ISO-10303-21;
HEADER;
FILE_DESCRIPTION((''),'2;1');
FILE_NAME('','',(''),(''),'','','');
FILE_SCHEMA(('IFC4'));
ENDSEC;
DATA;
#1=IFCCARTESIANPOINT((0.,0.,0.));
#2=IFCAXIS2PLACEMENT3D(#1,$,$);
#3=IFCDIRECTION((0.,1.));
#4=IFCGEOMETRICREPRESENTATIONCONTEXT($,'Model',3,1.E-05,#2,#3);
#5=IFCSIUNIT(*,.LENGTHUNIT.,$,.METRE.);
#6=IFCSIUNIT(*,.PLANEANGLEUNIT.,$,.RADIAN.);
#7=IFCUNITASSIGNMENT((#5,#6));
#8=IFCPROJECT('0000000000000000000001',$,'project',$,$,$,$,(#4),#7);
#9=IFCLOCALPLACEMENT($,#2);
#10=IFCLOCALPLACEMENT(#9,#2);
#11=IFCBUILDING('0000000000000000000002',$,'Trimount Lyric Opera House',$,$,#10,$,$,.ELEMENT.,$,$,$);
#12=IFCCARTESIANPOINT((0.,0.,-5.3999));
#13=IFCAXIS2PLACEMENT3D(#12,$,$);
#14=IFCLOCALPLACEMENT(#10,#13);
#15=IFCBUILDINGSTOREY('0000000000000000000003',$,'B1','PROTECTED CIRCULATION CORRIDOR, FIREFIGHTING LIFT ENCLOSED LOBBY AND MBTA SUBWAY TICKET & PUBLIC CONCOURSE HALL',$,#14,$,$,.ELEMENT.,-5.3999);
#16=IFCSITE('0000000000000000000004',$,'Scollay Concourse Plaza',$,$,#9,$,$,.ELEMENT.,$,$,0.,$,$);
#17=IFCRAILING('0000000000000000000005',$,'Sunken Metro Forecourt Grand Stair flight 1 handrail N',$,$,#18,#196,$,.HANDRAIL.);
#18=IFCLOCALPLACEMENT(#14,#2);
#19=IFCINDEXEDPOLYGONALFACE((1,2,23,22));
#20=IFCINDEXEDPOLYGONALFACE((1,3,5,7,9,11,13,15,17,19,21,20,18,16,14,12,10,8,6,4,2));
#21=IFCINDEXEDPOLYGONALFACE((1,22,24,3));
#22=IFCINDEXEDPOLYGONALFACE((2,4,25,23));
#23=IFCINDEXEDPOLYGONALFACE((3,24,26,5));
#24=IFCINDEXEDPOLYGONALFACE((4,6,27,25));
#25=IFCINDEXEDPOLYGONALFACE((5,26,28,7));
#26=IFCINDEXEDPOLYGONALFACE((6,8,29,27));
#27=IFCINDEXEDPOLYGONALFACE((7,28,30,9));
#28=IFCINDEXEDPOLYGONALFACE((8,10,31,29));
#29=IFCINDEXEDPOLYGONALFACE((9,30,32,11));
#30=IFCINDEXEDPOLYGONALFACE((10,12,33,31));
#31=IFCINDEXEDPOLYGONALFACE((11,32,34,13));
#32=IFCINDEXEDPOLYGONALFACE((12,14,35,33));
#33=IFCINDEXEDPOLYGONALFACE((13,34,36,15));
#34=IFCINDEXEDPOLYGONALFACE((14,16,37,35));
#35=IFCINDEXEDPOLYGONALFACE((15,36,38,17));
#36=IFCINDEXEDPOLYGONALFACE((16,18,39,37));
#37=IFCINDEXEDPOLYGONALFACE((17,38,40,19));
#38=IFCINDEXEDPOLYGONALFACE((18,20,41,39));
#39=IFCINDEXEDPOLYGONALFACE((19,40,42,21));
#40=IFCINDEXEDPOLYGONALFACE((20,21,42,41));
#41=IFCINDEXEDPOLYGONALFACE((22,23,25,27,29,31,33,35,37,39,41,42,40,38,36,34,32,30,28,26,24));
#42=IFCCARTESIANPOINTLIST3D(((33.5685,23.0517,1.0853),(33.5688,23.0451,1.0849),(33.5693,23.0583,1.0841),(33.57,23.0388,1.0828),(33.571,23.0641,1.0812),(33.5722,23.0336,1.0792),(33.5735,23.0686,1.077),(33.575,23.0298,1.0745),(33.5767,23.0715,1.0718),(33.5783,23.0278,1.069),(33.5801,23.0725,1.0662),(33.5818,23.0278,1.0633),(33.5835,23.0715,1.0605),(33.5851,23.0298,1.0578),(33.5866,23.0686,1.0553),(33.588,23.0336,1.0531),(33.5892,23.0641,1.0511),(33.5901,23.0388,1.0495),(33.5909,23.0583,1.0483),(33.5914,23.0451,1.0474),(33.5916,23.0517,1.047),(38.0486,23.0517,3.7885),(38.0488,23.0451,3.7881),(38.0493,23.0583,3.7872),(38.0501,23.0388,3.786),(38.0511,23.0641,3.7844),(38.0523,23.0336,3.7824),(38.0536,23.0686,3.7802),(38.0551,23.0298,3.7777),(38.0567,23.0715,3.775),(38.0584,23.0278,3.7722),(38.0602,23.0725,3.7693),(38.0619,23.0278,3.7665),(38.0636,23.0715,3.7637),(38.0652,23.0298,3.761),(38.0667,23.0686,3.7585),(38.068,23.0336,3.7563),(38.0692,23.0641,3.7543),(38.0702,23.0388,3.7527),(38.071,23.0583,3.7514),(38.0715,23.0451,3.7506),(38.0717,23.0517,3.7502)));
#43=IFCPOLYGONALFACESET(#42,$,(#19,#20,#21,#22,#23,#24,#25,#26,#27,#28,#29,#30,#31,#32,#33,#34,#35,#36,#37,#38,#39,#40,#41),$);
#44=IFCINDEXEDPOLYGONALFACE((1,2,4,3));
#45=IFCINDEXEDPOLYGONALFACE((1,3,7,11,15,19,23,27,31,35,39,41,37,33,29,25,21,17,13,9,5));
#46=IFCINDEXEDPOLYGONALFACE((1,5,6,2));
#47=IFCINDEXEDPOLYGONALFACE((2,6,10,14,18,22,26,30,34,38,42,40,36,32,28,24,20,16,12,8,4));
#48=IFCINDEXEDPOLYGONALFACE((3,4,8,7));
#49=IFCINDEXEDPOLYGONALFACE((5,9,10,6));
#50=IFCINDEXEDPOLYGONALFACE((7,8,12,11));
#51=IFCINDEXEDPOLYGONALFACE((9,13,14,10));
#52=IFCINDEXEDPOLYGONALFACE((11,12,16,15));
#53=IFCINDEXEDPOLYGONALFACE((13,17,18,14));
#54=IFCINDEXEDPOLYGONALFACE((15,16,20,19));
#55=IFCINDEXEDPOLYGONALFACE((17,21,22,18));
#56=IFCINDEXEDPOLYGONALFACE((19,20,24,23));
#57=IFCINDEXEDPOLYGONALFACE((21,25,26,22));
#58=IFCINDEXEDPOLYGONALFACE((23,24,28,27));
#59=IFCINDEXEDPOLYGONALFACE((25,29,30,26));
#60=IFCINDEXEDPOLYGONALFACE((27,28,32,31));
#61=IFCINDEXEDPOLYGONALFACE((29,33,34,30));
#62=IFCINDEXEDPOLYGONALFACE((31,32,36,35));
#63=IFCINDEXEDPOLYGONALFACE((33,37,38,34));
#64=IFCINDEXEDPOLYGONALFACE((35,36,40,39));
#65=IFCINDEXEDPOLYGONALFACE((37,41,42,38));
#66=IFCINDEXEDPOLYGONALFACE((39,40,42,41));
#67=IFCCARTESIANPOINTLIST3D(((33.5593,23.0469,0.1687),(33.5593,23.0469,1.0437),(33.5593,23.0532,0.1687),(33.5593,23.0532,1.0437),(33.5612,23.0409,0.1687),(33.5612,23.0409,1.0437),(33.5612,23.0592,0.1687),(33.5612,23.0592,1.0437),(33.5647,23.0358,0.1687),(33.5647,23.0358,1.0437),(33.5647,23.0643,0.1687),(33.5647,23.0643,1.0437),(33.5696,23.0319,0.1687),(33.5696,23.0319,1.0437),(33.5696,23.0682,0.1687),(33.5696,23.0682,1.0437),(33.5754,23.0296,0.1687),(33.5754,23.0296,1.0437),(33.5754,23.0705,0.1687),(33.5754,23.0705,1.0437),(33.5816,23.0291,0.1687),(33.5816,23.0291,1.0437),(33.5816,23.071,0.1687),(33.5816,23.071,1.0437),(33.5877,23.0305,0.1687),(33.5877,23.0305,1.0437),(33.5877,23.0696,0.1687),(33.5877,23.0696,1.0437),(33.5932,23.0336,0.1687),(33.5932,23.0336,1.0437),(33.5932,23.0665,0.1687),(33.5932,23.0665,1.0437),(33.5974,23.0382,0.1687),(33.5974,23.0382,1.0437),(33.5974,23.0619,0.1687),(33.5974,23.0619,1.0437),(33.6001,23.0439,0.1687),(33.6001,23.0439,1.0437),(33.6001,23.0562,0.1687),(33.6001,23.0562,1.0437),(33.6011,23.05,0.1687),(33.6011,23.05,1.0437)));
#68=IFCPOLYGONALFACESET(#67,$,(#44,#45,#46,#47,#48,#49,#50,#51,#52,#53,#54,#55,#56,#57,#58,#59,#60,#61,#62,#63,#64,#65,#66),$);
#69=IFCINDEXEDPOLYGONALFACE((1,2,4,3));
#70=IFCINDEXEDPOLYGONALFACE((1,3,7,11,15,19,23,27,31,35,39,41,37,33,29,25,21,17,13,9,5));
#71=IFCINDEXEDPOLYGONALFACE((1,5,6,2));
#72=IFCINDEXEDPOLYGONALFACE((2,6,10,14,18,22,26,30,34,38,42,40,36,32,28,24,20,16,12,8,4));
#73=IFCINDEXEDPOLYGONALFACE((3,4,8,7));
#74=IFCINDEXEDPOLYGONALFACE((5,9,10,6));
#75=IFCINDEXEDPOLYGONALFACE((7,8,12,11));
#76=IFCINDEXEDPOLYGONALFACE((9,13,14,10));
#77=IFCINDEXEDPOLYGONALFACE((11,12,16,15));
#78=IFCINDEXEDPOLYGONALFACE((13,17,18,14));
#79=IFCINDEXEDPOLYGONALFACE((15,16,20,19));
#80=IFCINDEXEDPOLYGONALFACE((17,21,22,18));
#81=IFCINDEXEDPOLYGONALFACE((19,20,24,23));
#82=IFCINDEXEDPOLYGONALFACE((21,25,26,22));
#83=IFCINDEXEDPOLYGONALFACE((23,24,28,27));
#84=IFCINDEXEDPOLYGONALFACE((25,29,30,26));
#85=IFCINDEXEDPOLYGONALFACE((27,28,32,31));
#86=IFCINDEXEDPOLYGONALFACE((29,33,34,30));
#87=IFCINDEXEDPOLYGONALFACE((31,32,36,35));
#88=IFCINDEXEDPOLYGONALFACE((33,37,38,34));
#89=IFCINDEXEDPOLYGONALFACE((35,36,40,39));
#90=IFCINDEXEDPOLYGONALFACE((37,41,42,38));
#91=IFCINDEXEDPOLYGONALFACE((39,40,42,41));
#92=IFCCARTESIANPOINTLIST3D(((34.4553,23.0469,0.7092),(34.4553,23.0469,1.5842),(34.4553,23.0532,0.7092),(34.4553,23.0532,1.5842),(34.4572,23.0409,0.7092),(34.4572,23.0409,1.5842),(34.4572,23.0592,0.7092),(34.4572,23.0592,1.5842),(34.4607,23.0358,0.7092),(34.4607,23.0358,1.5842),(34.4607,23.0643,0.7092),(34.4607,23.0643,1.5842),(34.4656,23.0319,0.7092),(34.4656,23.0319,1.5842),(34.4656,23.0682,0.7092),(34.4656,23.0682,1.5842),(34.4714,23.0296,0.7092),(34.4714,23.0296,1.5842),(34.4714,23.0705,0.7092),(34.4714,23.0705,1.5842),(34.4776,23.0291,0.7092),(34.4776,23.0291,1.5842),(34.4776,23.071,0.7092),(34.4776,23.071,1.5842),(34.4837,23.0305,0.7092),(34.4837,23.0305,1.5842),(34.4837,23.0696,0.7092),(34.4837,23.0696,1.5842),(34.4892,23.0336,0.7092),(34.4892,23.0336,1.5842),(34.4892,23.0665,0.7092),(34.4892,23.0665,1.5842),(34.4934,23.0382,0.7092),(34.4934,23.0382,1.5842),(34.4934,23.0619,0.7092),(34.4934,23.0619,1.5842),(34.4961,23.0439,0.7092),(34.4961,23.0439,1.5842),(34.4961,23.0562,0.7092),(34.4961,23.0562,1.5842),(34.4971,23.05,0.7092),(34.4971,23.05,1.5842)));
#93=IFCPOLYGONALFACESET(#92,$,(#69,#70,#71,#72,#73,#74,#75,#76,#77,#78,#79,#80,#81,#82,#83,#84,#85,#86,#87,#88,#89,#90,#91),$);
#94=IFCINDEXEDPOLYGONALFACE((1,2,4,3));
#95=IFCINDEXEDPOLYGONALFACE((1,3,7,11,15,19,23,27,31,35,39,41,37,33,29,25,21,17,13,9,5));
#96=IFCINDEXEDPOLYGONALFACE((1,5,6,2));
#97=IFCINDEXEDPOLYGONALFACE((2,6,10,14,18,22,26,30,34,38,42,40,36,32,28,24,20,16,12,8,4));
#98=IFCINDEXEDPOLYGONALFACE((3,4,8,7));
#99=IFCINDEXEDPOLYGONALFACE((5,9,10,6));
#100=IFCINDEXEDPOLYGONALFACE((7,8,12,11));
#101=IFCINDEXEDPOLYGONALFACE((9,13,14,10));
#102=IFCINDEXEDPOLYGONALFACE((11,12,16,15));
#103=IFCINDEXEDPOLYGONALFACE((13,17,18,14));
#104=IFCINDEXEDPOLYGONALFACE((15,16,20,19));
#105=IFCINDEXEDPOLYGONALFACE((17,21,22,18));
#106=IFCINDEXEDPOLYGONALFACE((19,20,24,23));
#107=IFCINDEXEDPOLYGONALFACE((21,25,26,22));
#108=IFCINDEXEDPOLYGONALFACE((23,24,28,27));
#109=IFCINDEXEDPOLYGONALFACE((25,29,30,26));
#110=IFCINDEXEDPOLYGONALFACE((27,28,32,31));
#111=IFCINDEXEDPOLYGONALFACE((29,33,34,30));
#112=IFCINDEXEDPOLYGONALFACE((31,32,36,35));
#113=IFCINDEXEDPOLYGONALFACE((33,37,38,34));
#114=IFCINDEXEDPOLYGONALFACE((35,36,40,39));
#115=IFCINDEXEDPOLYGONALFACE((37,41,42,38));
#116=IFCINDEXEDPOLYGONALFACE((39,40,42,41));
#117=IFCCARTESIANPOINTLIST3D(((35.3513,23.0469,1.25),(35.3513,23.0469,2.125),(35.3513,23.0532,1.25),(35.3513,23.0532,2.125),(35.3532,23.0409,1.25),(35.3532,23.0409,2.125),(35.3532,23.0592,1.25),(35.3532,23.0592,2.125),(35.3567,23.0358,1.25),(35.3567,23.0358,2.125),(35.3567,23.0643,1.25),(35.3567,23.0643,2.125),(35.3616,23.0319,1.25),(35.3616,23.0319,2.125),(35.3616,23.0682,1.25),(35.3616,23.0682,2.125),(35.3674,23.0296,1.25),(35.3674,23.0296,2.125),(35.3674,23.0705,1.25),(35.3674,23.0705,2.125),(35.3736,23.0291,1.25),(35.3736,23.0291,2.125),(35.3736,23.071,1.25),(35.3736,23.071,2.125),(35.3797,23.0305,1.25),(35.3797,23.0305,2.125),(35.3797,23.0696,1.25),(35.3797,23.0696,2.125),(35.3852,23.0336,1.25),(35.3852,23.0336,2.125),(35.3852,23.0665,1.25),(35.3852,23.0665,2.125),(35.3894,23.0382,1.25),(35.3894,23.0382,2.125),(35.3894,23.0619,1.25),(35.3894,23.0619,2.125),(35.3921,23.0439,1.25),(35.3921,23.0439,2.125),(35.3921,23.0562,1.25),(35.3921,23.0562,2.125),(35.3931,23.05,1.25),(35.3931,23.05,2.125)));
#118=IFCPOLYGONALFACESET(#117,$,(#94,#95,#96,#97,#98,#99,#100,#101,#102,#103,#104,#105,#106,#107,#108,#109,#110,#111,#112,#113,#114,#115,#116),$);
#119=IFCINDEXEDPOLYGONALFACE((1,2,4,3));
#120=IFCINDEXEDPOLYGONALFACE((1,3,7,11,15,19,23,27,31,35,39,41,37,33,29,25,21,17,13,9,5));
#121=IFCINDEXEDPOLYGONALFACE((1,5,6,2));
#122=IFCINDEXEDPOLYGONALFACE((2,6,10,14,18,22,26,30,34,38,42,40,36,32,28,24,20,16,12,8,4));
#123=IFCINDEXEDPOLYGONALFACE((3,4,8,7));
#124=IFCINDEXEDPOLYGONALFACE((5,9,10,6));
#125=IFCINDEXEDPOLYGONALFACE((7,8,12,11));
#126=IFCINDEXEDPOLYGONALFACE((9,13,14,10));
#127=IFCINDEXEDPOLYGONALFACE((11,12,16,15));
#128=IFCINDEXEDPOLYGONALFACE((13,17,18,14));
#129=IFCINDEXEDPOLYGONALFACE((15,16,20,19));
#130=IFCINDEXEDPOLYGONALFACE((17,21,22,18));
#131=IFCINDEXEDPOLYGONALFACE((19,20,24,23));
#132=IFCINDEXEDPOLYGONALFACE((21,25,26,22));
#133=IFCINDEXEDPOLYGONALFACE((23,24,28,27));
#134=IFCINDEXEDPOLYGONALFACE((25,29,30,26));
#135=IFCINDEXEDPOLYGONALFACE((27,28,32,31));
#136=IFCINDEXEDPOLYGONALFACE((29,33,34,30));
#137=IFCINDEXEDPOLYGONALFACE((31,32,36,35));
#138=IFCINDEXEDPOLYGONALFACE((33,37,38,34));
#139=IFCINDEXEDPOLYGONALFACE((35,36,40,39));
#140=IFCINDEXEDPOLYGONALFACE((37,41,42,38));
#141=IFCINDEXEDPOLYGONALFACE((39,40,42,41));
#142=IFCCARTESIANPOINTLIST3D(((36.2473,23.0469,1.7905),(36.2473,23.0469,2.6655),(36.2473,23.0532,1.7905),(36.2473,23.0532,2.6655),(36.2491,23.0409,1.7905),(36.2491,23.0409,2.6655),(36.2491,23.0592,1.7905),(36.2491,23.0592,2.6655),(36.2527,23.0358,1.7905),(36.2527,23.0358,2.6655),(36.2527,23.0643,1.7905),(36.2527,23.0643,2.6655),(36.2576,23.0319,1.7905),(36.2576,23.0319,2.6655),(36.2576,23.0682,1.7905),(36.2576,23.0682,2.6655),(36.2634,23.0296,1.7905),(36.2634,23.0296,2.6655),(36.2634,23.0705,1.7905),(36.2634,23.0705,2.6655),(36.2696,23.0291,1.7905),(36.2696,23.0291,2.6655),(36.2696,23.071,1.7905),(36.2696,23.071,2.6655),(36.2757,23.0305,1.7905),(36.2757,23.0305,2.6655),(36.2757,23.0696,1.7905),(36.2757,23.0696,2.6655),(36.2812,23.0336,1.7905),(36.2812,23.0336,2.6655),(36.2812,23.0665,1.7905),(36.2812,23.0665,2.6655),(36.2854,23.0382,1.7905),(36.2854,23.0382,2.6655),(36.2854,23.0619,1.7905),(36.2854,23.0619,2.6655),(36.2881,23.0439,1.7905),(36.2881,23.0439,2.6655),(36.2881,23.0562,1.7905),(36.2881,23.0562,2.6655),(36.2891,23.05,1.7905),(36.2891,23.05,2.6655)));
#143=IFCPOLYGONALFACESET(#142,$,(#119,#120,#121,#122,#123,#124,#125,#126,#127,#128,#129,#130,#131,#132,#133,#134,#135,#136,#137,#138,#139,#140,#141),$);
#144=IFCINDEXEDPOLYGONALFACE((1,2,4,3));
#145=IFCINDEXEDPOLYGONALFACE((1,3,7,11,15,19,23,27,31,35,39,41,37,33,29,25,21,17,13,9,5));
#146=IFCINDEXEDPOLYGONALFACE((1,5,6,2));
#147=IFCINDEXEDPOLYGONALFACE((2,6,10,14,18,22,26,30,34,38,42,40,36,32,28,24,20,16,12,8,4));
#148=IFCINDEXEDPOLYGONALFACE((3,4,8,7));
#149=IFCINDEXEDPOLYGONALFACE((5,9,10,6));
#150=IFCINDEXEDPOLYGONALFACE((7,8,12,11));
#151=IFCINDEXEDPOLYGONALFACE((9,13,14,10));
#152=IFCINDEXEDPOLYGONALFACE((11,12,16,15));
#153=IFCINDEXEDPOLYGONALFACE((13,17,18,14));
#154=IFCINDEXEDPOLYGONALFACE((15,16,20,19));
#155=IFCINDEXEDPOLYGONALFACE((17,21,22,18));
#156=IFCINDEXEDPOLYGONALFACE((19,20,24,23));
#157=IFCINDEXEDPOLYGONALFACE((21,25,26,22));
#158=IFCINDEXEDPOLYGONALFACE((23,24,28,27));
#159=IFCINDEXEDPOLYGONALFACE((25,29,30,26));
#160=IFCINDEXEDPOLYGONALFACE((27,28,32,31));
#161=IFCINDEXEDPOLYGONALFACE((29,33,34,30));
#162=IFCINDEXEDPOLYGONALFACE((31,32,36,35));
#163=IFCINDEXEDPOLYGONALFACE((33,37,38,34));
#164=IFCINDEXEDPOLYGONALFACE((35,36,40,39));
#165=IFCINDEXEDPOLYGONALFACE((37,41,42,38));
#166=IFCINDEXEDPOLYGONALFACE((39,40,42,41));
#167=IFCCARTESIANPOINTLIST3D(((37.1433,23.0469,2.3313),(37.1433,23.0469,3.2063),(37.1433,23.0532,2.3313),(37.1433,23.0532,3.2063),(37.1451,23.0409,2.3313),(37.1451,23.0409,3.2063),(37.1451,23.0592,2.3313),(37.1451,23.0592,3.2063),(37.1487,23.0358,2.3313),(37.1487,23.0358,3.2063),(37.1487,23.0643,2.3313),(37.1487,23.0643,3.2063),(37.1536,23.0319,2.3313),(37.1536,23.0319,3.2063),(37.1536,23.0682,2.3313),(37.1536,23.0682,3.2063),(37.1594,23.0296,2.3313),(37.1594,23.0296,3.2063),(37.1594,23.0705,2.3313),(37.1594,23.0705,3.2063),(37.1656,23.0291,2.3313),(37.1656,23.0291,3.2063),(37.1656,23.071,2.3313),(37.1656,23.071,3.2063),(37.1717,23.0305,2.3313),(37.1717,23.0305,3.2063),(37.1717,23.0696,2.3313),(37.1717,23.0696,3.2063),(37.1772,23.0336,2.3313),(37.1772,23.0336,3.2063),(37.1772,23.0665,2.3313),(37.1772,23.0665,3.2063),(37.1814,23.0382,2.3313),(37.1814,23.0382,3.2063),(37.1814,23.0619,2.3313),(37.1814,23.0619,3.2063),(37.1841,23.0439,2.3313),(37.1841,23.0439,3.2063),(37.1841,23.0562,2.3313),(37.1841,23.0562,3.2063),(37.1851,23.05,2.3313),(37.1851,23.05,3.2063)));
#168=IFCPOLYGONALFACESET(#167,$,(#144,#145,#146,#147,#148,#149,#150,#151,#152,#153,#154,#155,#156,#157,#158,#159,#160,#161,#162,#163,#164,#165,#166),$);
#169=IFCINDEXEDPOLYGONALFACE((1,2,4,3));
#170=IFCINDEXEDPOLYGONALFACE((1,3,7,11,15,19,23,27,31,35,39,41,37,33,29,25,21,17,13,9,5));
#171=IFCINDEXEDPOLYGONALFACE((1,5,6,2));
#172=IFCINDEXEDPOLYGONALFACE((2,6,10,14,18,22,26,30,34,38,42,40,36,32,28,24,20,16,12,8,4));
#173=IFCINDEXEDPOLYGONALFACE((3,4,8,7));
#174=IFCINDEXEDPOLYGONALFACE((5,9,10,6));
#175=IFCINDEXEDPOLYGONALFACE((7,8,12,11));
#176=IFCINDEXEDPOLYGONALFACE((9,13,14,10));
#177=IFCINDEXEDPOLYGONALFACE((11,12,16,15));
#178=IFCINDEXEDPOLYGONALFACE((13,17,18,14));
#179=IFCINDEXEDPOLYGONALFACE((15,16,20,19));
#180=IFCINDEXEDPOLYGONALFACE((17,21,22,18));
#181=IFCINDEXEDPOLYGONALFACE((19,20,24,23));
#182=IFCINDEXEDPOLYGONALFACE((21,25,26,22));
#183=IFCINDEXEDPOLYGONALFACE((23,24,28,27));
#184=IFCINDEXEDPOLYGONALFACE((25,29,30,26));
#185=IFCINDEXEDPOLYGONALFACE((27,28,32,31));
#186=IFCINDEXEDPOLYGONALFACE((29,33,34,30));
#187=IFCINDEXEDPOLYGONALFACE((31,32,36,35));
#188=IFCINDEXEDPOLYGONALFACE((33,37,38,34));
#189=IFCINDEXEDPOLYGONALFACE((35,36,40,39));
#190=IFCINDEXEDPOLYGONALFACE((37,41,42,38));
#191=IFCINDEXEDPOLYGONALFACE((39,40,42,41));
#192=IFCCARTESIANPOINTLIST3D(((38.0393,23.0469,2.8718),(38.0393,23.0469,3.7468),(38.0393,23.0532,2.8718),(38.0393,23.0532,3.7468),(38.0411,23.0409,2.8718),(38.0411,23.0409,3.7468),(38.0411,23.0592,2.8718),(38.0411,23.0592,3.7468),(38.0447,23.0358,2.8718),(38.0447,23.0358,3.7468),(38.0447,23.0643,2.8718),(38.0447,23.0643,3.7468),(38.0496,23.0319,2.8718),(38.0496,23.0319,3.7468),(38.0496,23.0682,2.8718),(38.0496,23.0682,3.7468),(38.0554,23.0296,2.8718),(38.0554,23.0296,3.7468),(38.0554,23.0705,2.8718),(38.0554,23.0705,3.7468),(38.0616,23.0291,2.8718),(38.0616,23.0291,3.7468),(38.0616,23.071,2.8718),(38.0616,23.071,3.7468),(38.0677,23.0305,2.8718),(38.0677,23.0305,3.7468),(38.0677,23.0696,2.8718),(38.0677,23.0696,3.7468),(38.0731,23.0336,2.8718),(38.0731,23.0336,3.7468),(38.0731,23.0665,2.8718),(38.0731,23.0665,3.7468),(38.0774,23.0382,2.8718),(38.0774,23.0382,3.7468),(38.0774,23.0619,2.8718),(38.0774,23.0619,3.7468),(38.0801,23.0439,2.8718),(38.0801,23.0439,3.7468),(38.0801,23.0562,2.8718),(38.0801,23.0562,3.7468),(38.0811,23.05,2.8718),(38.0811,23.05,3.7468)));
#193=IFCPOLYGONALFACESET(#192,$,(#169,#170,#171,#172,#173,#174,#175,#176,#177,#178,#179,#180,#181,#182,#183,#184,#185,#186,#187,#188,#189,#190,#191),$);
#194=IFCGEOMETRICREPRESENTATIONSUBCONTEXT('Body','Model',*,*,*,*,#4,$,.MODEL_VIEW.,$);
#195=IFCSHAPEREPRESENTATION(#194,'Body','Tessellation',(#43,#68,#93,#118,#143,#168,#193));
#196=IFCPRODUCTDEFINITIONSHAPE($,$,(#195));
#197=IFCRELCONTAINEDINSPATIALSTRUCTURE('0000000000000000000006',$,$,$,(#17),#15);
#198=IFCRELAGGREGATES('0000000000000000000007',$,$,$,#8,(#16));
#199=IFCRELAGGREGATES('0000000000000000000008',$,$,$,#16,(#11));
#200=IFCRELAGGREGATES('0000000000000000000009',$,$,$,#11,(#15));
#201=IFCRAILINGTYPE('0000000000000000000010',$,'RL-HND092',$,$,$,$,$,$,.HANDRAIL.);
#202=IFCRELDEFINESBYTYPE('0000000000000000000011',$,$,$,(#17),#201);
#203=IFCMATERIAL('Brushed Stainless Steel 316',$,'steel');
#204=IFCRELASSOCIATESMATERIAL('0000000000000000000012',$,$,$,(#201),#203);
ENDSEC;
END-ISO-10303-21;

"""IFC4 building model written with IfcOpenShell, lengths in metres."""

from ifc_helpers import new_model, si_unit, direction, frame, origin, origin_2d, place, context, subcontext, project, spatial, circle, extrude, material, type_object, element, save


model = new_model("IFC4")

# Units and contexts
model_context = context("Model", 3, precision=1e-05, world=origin(), true_north=direction((0.0, 1.0)))
body_context = subcontext(model_context, "Body", "Model", "MODEL_VIEW")
ifc_project = project(units=[si_unit("LENGTHUNIT", "METRE"), si_unit("PLANEANGLEUNIT", "RADIAN")], contexts=[model_context])

# Site, building, storey
site_placement = place(None, origin())
site = spatial("IfcSite", under=ifc_project, at=site_placement, Name="Scollay Concourse Plaza", CompositionType="ELEMENT", RefElevation=0.0)
building_placement = place(site_placement, origin())
building = spatial("IfcBuilding", under=site, at=building_placement, Name="Trimount Lyric Opera House", CompositionType="ELEMENT")
storey_placement = place(building_placement, frame((0.0, 0.0, -5.3999)))
storey = spatial("IfcBuildingStorey", under=building, at=storey_placement, Name="B1", Description="PROTECTED CIRCULATION CORRIDOR, FIREFIGHTING LIFT ENCLOSED LOBBY AND MBTA SUBWAY TICKET & PUBLIC CONCOURSE HALL", CompositionType="ELEMENT", Elevation=-5.3999)

# Railing
ifc_material_1 = material(Name="Brushed Stainless Steel 316", Category="steel")
railing_type_1 = type_object("IfcRailingType", Name="RL-HND092", PredefinedType="HANDRAIL", material=ifc_material_1)
for number, where, name in (
    (1, (33.5801, 23.05, 0.1687), "Sunken Metro Forecourt Grand Stair flight 1 handrail N"),
):
    element("IfcRailing", number, at=place(storey_placement, frame(where)), inside=storey, type_object=railing_type_1, Name=name, PredefinedType="HANDRAIL", context=body_context, shape_type="SweptSolid", body=[
        extrude(circle(Radius=0.0225, at=origin_2d()), frame((0.0, 0.0, 0.8975), z_axis=(0.856214, 0.0, 0.516621), x_axis=(0.0, 1.0, 0.0)), (0.0, 0.0, 1.0), 5.2324),
        extrude(circle(Radius=0.021, at=origin_2d()), origin(), (0.0, 0.0, 1.0), 0.875),
        extrude(circle(Radius=0.021, at=origin_2d()), frame((0.896, 0.0, 0.5405)), (0.0, 0.0, 1.0), 0.875),
        extrude(circle(Radius=0.021, at=origin_2d()), frame((1.792, 0.0, 1.0813)), (0.0, 0.0, 1.0), 0.875),
        extrude(circle(Radius=0.021, at=origin_2d()), frame((2.688, 0.0, 1.6218)), (0.0, 0.0, 1.0), 0.875),
        extrude(circle(Radius=0.021, at=origin_2d()), frame((3.584, 0.0, 2.1626)), (0.0, 0.0, 1.0), 0.875),
        extrude(circle(Radius=0.021, at=origin_2d()), frame((4.48, 0.0, 2.7031)), (0.0, 0.0, 1.0), 0.875),
    ])

save(model, "model.ifc")
